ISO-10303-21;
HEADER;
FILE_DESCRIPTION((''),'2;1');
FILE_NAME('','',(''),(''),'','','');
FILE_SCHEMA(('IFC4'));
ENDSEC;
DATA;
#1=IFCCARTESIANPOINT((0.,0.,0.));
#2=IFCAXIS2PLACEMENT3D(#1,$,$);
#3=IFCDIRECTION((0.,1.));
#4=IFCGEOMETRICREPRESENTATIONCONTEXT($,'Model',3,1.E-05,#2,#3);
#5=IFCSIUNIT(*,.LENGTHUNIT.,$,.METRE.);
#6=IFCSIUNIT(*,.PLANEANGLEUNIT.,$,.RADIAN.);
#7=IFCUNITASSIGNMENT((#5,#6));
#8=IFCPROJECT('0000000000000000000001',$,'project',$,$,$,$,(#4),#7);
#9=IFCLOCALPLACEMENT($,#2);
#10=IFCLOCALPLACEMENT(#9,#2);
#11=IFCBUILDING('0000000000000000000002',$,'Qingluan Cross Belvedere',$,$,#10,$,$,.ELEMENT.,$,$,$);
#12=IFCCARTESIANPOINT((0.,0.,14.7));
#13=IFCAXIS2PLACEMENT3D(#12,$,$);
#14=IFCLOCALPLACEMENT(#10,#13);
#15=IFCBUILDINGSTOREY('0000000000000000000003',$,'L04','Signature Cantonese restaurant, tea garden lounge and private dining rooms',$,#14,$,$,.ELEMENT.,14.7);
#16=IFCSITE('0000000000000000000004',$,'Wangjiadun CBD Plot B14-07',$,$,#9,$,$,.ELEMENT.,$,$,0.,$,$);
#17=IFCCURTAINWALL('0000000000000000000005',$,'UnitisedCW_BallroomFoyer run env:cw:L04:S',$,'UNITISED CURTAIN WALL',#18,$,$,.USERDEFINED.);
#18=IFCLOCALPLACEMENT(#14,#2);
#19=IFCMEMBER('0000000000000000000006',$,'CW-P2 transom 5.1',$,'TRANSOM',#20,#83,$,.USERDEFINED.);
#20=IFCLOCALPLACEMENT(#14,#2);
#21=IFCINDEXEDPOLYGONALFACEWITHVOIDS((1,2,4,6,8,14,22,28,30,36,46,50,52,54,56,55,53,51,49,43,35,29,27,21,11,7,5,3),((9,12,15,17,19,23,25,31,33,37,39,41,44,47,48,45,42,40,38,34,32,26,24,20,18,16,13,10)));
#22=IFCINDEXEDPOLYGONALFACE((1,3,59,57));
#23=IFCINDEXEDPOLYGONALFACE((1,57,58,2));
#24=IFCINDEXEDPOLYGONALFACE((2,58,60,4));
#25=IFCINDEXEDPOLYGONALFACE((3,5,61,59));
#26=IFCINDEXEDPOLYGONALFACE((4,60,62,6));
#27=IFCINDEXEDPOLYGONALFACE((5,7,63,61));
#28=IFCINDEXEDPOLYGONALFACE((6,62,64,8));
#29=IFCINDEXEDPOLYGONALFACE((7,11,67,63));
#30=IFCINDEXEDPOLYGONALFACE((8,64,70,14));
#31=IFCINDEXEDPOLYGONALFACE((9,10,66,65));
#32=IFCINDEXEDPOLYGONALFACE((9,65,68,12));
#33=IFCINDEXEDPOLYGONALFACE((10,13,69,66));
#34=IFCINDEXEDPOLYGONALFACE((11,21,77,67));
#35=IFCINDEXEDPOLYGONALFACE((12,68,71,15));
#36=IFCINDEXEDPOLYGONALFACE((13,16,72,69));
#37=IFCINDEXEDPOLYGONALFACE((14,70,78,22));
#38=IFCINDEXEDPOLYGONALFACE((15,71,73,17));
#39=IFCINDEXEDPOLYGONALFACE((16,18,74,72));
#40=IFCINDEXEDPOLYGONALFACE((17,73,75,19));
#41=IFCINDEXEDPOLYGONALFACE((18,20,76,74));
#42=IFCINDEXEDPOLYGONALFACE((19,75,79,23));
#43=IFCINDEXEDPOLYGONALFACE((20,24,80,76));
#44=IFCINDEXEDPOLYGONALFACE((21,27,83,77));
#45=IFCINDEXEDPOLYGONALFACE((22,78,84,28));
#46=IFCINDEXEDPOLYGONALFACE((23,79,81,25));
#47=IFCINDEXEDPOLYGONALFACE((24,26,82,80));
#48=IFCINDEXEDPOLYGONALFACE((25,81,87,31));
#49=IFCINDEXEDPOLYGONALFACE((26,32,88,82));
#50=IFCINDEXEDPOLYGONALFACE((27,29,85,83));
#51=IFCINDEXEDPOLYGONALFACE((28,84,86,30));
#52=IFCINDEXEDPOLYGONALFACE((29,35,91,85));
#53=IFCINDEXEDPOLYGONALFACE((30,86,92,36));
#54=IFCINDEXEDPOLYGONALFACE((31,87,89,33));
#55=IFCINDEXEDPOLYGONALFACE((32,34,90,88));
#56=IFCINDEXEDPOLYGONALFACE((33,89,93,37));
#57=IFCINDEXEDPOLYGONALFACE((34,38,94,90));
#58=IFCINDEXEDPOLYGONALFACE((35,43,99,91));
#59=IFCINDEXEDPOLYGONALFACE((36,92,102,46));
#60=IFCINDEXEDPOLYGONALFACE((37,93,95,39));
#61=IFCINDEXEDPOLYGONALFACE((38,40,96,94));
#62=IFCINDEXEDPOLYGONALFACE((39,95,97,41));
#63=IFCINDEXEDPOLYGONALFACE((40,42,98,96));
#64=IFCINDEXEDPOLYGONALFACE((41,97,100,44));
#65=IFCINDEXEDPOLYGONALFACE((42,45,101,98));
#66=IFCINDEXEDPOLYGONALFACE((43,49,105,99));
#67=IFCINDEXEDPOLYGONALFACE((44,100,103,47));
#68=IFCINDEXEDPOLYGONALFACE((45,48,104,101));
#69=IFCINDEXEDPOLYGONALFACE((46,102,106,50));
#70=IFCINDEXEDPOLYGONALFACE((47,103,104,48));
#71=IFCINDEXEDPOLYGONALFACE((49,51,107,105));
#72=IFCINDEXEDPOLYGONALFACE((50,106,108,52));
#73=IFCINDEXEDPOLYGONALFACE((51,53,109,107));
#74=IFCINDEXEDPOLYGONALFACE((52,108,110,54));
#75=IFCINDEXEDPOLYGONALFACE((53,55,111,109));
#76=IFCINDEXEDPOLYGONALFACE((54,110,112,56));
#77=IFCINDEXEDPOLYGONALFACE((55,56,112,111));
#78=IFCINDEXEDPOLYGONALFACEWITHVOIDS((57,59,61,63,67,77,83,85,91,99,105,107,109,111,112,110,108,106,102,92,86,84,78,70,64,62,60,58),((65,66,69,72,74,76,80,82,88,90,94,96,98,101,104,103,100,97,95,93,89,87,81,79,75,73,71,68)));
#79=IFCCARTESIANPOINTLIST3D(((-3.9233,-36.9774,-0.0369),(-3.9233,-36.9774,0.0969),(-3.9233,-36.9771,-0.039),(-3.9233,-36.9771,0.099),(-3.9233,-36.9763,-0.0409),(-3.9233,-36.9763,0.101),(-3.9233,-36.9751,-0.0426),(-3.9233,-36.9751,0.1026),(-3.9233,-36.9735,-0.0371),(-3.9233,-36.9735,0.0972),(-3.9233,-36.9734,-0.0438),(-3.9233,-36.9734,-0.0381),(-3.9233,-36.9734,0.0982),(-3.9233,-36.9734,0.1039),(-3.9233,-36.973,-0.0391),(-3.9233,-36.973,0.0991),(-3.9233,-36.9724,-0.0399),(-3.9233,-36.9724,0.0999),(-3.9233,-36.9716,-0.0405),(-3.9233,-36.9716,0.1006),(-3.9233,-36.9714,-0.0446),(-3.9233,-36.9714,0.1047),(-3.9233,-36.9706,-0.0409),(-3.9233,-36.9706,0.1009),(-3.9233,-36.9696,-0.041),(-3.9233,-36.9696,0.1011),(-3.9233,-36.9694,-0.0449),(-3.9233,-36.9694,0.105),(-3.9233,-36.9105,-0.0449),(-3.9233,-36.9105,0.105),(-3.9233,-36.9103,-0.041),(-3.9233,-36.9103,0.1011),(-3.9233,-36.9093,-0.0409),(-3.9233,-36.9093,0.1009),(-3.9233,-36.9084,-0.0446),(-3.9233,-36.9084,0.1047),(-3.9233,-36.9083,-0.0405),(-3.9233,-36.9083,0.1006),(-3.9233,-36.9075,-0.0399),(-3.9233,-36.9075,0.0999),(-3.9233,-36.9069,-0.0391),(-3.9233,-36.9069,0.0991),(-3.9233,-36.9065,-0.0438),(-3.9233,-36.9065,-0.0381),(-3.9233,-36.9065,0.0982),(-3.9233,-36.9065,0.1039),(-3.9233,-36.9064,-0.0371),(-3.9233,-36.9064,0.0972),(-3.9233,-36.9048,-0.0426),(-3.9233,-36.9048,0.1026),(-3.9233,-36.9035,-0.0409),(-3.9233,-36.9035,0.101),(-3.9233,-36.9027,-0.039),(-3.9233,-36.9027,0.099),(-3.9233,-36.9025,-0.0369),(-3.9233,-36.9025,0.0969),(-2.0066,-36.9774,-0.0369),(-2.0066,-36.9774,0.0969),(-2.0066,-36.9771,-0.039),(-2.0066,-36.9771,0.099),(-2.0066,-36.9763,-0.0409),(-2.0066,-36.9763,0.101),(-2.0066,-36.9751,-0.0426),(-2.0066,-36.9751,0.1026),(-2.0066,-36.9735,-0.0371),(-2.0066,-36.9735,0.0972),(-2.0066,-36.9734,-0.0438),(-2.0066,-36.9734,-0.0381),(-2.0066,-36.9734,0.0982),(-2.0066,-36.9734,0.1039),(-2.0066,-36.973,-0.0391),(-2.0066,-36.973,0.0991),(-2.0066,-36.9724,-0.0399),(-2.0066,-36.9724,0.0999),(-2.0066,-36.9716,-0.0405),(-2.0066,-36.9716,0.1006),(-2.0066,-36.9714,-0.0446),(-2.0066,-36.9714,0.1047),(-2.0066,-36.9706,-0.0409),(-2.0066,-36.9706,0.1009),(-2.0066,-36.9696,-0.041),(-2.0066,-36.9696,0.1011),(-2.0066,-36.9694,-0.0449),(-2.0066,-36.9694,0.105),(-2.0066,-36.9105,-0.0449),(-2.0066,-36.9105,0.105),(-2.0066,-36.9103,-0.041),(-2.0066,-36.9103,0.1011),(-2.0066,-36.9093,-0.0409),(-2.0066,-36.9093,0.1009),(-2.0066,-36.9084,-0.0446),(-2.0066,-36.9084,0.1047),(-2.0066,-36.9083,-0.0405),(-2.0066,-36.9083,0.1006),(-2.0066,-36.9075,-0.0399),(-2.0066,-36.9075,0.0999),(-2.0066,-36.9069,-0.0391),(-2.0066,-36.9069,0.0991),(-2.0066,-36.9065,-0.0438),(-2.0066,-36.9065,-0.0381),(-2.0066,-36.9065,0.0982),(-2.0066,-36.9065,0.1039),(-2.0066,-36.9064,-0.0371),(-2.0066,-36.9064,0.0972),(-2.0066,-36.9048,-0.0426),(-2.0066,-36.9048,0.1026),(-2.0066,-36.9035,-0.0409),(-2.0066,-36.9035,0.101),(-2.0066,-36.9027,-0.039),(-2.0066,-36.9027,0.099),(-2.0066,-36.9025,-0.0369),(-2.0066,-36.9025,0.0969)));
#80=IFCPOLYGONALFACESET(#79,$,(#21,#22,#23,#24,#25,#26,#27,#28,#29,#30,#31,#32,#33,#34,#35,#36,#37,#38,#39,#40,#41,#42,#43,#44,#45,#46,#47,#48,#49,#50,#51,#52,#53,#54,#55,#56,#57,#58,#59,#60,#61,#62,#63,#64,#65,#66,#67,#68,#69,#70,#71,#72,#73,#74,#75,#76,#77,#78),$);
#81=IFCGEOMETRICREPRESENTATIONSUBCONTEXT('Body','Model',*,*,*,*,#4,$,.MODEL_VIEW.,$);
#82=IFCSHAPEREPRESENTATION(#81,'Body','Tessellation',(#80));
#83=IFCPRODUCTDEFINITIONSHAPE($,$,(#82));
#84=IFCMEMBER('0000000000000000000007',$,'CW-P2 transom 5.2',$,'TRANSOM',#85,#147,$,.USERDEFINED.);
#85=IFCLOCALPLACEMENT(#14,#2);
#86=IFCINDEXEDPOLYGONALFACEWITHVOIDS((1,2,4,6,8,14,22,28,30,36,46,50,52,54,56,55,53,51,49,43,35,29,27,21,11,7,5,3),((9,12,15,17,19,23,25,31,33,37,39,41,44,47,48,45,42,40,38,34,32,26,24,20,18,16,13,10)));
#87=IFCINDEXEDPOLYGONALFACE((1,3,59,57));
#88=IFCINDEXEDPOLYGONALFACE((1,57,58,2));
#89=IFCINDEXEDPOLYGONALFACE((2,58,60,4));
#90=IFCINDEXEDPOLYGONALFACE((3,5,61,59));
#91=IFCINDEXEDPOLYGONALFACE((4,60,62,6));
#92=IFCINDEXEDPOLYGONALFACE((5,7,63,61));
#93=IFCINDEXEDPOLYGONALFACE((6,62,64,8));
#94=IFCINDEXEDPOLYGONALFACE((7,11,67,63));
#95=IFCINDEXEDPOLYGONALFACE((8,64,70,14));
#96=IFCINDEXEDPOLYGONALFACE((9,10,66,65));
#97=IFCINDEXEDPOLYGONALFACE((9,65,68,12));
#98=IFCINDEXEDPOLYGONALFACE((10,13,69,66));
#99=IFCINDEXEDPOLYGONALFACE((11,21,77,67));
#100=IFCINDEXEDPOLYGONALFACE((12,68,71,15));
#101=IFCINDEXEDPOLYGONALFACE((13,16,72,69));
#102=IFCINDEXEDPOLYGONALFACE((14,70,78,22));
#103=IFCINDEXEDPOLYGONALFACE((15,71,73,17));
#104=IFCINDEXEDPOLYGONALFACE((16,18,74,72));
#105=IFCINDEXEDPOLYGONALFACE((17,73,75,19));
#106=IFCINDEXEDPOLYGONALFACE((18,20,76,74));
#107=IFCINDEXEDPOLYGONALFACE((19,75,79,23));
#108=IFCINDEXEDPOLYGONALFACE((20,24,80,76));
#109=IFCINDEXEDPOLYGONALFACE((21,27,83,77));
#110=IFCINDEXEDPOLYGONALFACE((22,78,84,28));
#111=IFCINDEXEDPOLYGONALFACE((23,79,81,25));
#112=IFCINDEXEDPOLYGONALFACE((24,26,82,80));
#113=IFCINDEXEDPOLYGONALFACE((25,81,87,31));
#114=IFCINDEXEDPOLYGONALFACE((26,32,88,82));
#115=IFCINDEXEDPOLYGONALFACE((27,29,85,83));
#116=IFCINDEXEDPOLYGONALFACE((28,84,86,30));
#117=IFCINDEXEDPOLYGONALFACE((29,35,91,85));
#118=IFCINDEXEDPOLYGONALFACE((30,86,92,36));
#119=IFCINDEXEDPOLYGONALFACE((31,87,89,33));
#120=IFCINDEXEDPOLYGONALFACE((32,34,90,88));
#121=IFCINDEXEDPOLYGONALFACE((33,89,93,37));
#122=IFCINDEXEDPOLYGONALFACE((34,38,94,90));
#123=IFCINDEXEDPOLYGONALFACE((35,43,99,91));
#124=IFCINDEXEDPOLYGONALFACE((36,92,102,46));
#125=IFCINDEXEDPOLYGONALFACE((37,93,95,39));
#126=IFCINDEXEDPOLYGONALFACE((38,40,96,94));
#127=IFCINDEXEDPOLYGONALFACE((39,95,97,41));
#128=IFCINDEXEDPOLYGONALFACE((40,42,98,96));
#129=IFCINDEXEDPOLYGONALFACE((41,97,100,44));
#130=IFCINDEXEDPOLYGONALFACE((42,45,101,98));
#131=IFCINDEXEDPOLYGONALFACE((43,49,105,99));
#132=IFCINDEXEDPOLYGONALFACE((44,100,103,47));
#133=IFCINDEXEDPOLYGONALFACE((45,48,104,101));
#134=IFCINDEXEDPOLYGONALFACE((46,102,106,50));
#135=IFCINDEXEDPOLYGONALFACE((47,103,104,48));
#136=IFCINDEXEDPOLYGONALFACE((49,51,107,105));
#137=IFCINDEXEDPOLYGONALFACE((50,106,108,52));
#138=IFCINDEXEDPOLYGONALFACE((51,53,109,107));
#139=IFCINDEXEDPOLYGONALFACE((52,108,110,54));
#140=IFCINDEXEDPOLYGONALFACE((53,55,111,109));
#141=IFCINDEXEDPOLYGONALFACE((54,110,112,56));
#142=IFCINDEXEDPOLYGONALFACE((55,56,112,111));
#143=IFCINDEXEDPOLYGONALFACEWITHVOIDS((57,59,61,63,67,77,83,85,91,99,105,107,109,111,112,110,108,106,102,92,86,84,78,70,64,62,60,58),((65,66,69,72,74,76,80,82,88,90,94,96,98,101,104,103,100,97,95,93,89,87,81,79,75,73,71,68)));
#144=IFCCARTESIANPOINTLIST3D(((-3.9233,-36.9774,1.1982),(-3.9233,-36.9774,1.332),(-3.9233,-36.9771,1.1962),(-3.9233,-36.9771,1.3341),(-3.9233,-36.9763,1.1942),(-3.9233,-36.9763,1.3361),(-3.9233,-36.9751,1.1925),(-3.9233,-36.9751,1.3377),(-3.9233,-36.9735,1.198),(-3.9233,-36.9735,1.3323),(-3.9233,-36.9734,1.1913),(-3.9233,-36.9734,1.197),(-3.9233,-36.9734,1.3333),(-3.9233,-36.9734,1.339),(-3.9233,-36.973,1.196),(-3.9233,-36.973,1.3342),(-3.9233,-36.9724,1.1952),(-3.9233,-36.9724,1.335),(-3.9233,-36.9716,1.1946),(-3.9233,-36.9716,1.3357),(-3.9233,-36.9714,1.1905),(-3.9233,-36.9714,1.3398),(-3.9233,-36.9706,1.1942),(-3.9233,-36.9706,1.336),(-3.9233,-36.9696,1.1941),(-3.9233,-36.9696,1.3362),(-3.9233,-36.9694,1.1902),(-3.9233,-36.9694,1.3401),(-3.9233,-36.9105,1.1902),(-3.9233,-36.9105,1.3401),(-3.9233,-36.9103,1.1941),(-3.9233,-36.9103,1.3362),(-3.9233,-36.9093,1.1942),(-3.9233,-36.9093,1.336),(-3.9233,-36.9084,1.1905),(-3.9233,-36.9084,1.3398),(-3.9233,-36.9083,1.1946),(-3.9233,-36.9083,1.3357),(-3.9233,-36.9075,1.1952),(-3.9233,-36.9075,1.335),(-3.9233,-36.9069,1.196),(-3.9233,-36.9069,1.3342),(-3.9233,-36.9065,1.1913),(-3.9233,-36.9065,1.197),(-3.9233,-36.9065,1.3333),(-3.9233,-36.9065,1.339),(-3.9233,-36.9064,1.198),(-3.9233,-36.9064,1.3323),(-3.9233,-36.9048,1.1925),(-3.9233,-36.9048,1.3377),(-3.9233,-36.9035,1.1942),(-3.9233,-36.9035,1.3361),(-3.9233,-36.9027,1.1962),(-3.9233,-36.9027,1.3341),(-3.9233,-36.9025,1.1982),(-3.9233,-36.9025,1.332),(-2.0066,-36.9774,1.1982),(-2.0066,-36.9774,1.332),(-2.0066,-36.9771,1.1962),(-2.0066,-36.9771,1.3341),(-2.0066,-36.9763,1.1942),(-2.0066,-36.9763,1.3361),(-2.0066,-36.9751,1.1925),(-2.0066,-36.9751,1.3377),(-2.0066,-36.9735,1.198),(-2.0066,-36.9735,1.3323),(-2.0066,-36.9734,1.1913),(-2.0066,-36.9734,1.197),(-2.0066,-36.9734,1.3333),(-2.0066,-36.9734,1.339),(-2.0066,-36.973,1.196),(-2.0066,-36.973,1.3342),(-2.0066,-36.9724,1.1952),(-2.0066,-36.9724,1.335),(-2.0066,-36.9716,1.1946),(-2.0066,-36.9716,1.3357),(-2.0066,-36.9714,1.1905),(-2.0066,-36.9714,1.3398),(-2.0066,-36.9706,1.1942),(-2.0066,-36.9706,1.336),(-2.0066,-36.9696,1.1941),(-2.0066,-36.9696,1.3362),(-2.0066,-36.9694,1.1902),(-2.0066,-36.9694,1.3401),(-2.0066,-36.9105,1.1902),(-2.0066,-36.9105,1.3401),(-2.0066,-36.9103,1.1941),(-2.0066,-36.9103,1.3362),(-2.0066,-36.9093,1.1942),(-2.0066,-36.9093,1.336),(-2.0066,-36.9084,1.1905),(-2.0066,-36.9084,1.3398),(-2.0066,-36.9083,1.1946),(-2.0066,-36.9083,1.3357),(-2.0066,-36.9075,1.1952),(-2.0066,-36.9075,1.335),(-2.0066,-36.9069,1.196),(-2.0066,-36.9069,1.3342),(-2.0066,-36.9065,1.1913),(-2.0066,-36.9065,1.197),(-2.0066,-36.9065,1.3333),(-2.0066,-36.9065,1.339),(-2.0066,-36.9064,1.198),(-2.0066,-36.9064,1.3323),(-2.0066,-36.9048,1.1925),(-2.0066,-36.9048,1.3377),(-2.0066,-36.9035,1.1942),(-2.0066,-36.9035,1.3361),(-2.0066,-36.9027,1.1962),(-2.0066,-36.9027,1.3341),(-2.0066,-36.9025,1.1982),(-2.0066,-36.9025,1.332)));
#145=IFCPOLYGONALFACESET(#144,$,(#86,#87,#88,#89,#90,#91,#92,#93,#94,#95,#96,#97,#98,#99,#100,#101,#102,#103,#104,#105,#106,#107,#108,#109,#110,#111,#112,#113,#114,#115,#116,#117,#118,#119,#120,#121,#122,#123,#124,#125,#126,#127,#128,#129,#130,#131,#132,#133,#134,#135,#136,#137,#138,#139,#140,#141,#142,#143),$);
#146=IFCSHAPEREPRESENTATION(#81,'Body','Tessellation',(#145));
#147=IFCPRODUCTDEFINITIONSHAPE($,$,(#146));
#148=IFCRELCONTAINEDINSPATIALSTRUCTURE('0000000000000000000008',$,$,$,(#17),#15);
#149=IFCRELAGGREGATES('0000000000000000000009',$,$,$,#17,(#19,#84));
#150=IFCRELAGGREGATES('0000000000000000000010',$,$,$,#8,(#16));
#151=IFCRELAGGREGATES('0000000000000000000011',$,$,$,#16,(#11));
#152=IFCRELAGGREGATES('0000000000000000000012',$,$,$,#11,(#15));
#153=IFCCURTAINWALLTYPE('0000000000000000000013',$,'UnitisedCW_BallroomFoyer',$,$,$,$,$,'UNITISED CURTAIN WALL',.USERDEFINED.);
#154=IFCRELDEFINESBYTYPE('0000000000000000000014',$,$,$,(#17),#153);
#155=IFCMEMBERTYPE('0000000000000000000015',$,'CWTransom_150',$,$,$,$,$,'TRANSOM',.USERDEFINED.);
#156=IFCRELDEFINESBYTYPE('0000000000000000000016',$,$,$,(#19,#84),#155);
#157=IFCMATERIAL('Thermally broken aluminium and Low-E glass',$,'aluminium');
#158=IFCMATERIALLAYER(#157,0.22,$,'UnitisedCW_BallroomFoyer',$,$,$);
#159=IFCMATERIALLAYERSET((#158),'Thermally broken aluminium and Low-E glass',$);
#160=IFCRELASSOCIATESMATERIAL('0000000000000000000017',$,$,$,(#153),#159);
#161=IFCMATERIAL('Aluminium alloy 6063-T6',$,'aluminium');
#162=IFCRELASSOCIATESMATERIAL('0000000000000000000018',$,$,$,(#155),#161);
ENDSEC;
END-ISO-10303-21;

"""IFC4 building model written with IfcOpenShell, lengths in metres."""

from ifc_helpers import new_model, si_unit, direction, frame, origin, origin_2d, place, context, subcontext, project, spatial, hollow_rectangle, extrude, material, layer, layer_set, material_profile, profile_set, type_object, element, aggregate, save


model = new_model("IFC4")

# Units and contexts
model_context = context("Model", 3, precision=1e-05, world=origin(), true_north=direction((0.0, 1.0)))
body_context = subcontext(model_context, "Body", "Model", "MODEL_VIEW")
ifc_project = project(units=[si_unit("LENGTHUNIT", "METRE"), si_unit("PLANEANGLEUNIT", "RADIAN")], contexts=[model_context])

# Site, building, storey
site_placement = place(None, origin())
site = spatial("IfcSite", under=ifc_project, at=site_placement, Name="Wangjiadun CBD Plot B14-07", CompositionType="ELEMENT", RefElevation=0.0)
building_placement = place(site_placement, origin())
building = spatial("IfcBuilding", under=site, at=building_placement, Name="Qingluan Cross Belvedere", CompositionType="ELEMENT")
storey_placement = place(building_placement, frame((0.0, 0.0, 14.7)))
storey = spatial("IfcBuildingStorey", under=building, at=storey_placement, Name="L04", Description="Signature Cantonese restaurant, tea garden lounge and private dining rooms", CompositionType="ELEMENT", Elevation=14.7)

# Curtain wall, members
ifc_material_1 = material(Name="Thermally broken aluminium and Low-E glass", Category="aluminium")
ifc_layer_1 = layer(ifc_material_1, 0.22, Name="UnitisedCW_BallroomFoyer")
ifc_layer_set_1 = layer_set([ifc_layer_1], Name="Thermally broken aluminium and Low-E glass")
curtain_wall_type = type_object("IfcCurtainWallType", Name="UnitisedCW_BallroomFoyer", ElementType="UNITISED CURTAIN WALL", PredefinedType="USERDEFINED", material=ifc_layer_set_1)
curtain_wall_placement = place(storey_placement, origin())
curtain_wall = element("IfcCurtainWall", 1, at=curtain_wall_placement, inside=storey, type_object=curtain_wall_type, Name="UnitisedCW_BallroomFoyer run env:cw:L04:S", ObjectType="UNITISED CURTAIN WALL", PredefinedType="USERDEFINED")
ifc_material_2 = material(Name="Aluminium alloy 6063-T6", Category="aluminium")
ifc_material_profile_1 = material_profile(ifc_material_2, hollow_rectangle(XDim=0.075, YDim=0.1499, WallThickness=0.0039, InnerFilletRadius=0.0039, OuterFilletRadius=0.0081, at=origin_2d()), Name="CWT150x75x4")
ifc_profile_set_1 = profile_set([ifc_material_profile_1], Name="Aluminium alloy 6063-T6")
member_type_1 = type_object("IfcMemberType", Name="CWTransom_150", ElementType="TRANSOM", PredefinedType="USERDEFINED", material=ifc_profile_set_1)
member_1_placement = place(storey_placement, frame((-2.0066, -36.9399, 0.03), z_axis=(-1.0, 0.0, 0.0), x_axis=(0.0, -1.0, 0.0)))
member_1 = element("IfcMember", 2, at=member_1_placement, type_object=member_type_1, Name="CW-P2 transom 5.1", ObjectType="TRANSOM", PredefinedType="USERDEFINED", context=body_context, shape_type="SweptSolid", body=[
    extrude(hollow_rectangle(XDim=0.075, YDim=0.1499, WallThickness=0.0039, InnerFilletRadius=0.0039, OuterFilletRadius=0.0081, at=origin_2d()), origin(), (0.0, 0.0, 1.0), 1.9167),
])
member_2_placement = place(storey_placement, frame((-2.0066, -36.9399, 1.2651), z_axis=(-1.0, 0.0, 0.0), x_axis=(0.0, -1.0, 0.0)))
member_2 = element("IfcMember", 3, at=member_2_placement, type_object=member_type_1, Name="CW-P2 transom 5.2", ObjectType="TRANSOM", PredefinedType="USERDEFINED", context=body_context, shape_type="SweptSolid", body=[
    extrude(hollow_rectangle(XDim=0.075, YDim=0.1499, WallThickness=0.0039, InnerFilletRadius=0.0039, OuterFilletRadius=0.0081, at=origin_2d()), origin(), (0.0, 0.0, 1.0), 1.9167),
])

aggregate(curtain_wall, [member_1, member_2])

save(model, "model.ifc")
